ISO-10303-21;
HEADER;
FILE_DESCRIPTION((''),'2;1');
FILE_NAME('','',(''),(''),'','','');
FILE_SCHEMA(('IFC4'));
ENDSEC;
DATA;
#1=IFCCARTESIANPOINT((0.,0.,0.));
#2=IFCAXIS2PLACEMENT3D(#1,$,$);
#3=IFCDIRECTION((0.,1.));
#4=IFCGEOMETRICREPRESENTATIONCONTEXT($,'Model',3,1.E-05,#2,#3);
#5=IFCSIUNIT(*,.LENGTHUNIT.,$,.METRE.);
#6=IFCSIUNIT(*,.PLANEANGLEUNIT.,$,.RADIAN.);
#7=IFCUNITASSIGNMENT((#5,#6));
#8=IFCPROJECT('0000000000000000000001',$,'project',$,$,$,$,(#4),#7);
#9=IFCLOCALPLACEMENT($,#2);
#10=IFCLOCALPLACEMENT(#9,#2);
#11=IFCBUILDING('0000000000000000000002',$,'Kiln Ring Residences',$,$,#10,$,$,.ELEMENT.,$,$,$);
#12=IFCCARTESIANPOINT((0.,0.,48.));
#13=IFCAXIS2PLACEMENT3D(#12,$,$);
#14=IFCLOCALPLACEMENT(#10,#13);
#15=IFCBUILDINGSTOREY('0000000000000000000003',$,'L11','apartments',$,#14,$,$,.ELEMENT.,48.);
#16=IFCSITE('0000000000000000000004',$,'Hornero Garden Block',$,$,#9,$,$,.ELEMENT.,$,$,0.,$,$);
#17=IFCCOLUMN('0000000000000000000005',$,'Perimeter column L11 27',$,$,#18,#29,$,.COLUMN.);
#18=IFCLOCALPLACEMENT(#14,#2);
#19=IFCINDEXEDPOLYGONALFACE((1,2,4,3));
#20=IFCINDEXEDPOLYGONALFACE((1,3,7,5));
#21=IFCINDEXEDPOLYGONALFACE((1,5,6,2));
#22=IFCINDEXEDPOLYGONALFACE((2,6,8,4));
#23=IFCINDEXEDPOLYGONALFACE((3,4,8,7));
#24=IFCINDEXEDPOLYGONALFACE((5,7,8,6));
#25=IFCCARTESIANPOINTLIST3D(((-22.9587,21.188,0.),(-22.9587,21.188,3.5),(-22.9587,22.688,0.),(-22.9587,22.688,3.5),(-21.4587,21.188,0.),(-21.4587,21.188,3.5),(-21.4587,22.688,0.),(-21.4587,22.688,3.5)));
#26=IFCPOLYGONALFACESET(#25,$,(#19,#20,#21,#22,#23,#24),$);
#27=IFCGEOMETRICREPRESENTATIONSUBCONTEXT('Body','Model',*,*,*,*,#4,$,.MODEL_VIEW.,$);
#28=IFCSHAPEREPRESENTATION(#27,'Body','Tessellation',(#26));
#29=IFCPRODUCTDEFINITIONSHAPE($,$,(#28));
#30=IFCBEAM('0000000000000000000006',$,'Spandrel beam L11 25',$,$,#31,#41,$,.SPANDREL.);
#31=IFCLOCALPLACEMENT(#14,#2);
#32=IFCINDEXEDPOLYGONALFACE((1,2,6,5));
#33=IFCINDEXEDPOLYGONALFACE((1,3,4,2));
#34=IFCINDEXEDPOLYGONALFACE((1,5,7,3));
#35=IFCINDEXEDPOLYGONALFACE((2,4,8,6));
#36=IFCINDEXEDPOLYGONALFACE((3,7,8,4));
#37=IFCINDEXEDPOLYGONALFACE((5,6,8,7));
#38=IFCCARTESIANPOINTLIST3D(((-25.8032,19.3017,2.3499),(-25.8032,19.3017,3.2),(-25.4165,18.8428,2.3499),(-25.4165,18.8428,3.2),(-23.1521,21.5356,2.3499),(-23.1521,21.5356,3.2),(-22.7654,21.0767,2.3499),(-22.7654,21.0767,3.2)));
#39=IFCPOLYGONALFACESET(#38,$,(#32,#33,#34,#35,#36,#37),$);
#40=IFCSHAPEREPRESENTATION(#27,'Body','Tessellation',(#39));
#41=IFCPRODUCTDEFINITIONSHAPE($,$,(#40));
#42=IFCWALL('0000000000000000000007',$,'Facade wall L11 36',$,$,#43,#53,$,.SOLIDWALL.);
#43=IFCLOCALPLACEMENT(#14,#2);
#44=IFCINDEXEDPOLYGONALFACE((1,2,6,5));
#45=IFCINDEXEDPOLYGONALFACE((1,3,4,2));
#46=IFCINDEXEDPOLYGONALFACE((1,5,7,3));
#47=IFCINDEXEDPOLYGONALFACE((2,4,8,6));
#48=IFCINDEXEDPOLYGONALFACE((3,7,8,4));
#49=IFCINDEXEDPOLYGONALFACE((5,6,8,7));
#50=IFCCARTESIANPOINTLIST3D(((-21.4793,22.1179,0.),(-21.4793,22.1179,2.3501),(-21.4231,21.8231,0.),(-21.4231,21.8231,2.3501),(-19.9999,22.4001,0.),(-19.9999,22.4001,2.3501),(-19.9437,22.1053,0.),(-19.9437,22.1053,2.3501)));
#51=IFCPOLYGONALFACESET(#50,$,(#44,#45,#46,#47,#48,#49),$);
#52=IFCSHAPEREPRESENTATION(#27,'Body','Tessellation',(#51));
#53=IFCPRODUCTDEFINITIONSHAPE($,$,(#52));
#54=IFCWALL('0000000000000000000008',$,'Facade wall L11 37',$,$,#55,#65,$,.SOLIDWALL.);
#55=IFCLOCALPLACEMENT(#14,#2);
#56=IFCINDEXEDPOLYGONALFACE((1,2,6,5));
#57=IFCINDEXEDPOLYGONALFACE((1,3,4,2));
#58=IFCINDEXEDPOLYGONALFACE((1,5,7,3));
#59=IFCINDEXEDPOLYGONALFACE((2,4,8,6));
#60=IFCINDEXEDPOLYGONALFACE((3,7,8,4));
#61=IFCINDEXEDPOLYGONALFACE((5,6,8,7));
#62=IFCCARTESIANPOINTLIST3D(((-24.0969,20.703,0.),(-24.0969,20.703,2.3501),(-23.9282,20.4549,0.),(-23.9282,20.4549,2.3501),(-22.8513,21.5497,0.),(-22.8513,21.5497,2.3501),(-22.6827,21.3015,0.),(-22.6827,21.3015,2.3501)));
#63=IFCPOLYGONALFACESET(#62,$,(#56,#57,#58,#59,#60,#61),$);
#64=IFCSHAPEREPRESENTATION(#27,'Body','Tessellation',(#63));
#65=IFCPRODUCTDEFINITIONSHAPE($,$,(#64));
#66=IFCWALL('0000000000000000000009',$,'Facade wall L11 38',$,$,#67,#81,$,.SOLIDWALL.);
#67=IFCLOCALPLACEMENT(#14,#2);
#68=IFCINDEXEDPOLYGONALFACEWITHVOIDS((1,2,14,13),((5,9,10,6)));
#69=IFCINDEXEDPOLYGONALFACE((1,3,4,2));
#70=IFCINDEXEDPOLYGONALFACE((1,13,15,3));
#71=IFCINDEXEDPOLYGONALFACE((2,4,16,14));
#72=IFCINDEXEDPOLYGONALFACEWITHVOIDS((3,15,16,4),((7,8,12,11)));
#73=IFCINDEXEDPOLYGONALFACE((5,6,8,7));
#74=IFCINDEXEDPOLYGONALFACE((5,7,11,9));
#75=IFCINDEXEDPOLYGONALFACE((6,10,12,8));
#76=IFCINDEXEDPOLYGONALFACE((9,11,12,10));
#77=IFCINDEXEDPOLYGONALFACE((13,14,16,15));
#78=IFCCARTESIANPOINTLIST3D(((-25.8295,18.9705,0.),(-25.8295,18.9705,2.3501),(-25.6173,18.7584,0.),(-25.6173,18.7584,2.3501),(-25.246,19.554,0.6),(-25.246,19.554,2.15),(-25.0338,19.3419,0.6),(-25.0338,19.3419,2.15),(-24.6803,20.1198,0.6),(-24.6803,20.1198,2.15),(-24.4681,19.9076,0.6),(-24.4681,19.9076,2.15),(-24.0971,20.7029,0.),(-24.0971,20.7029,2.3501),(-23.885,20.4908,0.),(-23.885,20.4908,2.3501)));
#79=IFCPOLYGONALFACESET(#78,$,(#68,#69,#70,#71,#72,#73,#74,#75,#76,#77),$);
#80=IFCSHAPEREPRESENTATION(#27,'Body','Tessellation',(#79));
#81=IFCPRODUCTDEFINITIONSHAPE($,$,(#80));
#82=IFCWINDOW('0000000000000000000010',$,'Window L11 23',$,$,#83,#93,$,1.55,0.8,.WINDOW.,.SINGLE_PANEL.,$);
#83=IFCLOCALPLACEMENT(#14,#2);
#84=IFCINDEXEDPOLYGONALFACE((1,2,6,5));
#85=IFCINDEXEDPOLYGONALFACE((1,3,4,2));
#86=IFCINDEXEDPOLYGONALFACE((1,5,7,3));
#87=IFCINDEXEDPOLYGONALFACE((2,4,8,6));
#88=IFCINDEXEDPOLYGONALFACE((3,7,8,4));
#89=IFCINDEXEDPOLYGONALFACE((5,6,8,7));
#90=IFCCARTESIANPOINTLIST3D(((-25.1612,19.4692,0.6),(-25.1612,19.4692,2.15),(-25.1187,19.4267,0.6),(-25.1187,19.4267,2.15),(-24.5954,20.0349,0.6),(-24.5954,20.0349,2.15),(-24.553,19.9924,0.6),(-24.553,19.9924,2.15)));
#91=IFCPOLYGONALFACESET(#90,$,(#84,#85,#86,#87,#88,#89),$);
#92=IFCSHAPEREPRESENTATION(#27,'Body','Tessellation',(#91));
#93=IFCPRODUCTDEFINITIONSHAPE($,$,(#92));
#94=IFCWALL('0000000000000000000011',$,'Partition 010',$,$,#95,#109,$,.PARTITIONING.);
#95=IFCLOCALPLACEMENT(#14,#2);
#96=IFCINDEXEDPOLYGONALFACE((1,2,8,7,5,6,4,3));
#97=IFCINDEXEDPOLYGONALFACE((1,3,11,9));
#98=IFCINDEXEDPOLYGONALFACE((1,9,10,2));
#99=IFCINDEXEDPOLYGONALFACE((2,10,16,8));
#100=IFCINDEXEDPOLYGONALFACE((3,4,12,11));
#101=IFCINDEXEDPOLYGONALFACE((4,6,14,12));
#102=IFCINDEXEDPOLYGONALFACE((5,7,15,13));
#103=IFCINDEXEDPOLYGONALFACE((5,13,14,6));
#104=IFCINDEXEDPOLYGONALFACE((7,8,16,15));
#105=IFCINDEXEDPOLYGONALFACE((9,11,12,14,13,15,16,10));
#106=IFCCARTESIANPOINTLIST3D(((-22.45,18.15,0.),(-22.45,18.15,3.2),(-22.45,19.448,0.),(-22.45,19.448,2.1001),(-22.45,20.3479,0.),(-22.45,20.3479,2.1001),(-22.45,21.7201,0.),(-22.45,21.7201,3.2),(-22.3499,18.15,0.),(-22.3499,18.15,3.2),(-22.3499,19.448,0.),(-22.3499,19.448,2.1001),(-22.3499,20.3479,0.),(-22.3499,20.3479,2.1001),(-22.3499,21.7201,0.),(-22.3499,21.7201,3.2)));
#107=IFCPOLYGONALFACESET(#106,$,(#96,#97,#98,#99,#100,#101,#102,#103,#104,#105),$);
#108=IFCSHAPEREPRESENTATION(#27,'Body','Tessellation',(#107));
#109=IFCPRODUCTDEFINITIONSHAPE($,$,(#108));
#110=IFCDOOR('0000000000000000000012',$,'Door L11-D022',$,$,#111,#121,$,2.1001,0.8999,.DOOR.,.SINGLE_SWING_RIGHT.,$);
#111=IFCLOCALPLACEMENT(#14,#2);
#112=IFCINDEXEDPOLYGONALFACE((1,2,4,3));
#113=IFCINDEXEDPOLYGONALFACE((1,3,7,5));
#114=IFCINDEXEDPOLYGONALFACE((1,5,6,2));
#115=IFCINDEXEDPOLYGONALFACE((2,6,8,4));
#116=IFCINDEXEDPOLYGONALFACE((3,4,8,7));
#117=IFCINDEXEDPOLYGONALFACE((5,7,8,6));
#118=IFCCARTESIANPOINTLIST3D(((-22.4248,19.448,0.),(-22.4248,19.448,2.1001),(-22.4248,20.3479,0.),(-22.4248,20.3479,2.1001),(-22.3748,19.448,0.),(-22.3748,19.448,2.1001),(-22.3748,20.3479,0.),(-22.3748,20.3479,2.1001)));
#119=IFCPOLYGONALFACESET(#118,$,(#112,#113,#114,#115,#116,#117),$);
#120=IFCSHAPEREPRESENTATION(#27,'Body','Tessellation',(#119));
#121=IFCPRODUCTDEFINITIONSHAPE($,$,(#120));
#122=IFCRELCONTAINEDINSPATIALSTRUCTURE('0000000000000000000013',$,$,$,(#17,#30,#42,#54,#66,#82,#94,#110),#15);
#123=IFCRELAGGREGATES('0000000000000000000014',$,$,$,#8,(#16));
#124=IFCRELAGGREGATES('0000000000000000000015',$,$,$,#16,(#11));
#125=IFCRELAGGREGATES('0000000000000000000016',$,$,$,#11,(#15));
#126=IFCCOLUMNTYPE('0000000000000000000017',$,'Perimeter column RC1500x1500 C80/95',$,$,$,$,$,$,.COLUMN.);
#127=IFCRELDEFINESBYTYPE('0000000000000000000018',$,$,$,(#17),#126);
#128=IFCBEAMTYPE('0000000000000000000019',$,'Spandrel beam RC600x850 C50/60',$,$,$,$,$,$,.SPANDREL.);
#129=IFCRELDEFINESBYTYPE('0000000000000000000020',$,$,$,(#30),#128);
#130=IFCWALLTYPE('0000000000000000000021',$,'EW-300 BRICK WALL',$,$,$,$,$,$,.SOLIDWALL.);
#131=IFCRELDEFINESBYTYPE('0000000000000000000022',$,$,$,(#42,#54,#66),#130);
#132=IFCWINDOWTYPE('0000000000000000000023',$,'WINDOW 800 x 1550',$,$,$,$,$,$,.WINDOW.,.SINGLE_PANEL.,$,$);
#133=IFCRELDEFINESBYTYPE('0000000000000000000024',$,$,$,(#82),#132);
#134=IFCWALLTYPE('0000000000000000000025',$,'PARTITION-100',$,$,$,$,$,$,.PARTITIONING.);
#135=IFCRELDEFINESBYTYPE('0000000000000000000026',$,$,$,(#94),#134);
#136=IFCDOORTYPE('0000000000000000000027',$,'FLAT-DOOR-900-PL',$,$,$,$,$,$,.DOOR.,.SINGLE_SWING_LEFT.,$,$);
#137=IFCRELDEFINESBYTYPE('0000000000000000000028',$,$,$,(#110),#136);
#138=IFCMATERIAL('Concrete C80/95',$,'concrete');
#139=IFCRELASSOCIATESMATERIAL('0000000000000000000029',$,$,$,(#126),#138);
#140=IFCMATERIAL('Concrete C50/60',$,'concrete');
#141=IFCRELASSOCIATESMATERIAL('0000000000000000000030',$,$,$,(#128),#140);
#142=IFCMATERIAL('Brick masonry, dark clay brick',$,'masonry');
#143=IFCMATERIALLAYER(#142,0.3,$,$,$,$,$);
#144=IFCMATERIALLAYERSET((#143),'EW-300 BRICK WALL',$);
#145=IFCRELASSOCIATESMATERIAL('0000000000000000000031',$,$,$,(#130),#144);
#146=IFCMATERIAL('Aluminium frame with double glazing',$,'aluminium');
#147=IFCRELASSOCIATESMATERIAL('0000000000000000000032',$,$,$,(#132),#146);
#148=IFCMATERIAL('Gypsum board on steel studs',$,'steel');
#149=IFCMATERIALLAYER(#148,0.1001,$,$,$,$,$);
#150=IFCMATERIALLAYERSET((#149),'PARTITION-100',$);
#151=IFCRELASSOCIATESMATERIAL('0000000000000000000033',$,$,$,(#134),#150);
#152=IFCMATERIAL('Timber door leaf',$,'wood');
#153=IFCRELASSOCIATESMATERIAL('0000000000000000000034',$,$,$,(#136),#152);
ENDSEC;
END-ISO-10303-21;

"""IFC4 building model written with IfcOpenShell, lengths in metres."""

from ifc_helpers import new_model, si_unit, direction, frame, frame_2d, origin, origin_2d, place, context, subcontext, project, spatial, rectangle, extrude, material, layer, layer_set, material_profile, profile_set, type_object, element, fill, save


model = new_model("IFC4")

# Units and contexts
model_context = context("Model", 3, precision=1e-05, world=origin(), true_north=direction((0.0, 1.0)))
body_context = subcontext(model_context, "Body", "Model", "MODEL_VIEW")
ifc_project = project(units=[si_unit("LENGTHUNIT", "METRE"), si_unit("PLANEANGLEUNIT", "RADIAN")], contexts=[model_context])

# Site, building, storey
site_placement = place(None, origin())
site = spatial("IfcSite", under=ifc_project, at=site_placement, Name="Hornero Garden Block", CompositionType="ELEMENT", RefElevation=0.0)
building_placement = place(site_placement, origin())
building = spatial("IfcBuilding", under=site, at=building_placement, Name="Kiln Ring Residences", CompositionType="ELEMENT")
storey_placement = place(building_placement, frame((0.0, 0.0, 48.0)))
storey = spatial("IfcBuildingStorey", under=building, at=storey_placement, Name="L11", Description="apartments", CompositionType="ELEMENT", Elevation=48.0)

# Column
ifc_material_1 = material(Name="Concrete C80/95", Category="concrete")
ifc_material_profile_1 = material_profile(ifc_material_1, rectangle(XDim=1.5, YDim=1.5, at=origin_2d()), Name="RC1500x1500")
ifc_profile_set_1 = profile_set([ifc_material_profile_1], Name="Concrete C80/95")
column_type = type_object("IfcColumnType", Name="Perimeter column RC1500x1500 C80/95", PredefinedType="COLUMN", material=ifc_profile_set_1)
column_placement = place(storey_placement, frame((-22.2087, 21.938, 0.0), z_axis=(0.0, 0.0, 1.0), x_axis=(1.0, 0.0, 0.0)))
element("IfcColumn", 1, at=column_placement, inside=storey, type_object=column_type, Name="Perimeter column L11 27", PredefinedType="COLUMN", context=body_context, shape_type="SweptSolid", body=[
    extrude(rectangle(XDim=1.5, YDim=1.5, at=origin_2d()), origin(), (0.0, 0.0, 1.0), 3.5),
])

# Beam
ifc_material_2 = material(Name="Concrete C50/60", Category="concrete")
ifc_material_profile_2 = material_profile(ifc_material_2, rectangle(XDim=0.6001, YDim=0.8501, at=origin_2d()), Name="RC600x850")
ifc_profile_set_2 = profile_set([ifc_material_profile_2], Name="Concrete C50/60")
beam_type = type_object("IfcBeamType", Name="Spandrel beam RC600x850 C50/60", PredefinedType="SPANDREL", material=ifc_profile_set_2)
beam_placement = place(storey_placement, frame((-22.9587, 21.3062, 2.7749), z_axis=(-0.764718, -0.644366, 0.0), x_axis=(0.644366, -0.764718, 0.0)))
element("IfcBeam", 2, at=beam_placement, inside=storey, type_object=beam_type, Name="Spandrel beam L11 25", PredefinedType="SPANDREL", context=body_context, shape_type="SweptSolid", body=[
    extrude(rectangle(XDim=0.6001, YDim=0.8501, at=origin_2d()), origin(), (0.0, 0.0, 1.0), 3.4668),
])

# Walls
ifc_material_3 = material(Name="Brick masonry, dark clay brick", Category="masonry")
ifc_layer_1 = layer(ifc_material_3, 0.3)
ifc_layer_set_1 = layer_set([ifc_layer_1], Name="EW-300 BRICK WALL")
wall_type_1 = type_object("IfcWallType", Name="EW-300 BRICK WALL", PredefinedType="SOLIDWALL", material=ifc_layer_set_1)
for number, where, z_axis, x_axis, name in (
    (3, (-19.9719, 22.2527, 0.0), (0.0, 0.0, 1.0), (-0.982287, -0.18738, 0.0), "Facade wall L11 36"),
    (4, (-22.7671, 21.4255, 0.0), (0.0, 0.0, 1.0), (-0.827029, -0.562159, 0.0), "Facade wall L11 37"),
):
    element("IfcWall", number, at=place(storey_placement, frame(where, z_axis=z_axis, x_axis=x_axis)), inside=storey, type_object=wall_type_1, Name=name, PredefinedType="SOLIDWALL", context=body_context, shape_type="SweptSolid", body=[
        extrude(rectangle(XDim=1.5061, YDim=0.3, at=frame_2d((0.7529, 0.0))), origin(), (0.0, 0.0, 1.0), 2.3501),
    ])

# Wall, opening, window
wall_1_placement = place(storey_placement, frame((-23.991, 20.5969, 0.0), z_axis=(0.0, 0.0, 1.0), x_axis=(-0.707107, -0.707107, 0.0)))
wall_1 = element("IfcWall", 5, at=wall_1_placement, inside=storey, type_object=wall_type_1, Name="Facade wall L11 38", PredefinedType="SOLIDWALL", context=body_context, shape_type="SweptSolid", body=[
    extrude(rectangle(XDim=2.45, YDim=0.3, at=frame_2d((1.2251, 0.0))), origin(), (0.0, 0.0, 1.0), 2.3501),
])
opening_1_placement = place(wall_1_placement, frame((0.825, 0.0, 0.6001)))
opening_1 = element("IfcOpeningElement", 6, at=opening_1_placement, cuts=wall_1, PredefinedType="OPENING", context=body_context, shape_type="SweptSolid", body=[
    extrude(rectangle(XDim=0.8, YDim=1.55, at=frame_2d((0.3999, 0.7749))), frame((0.0, 0.1599, 0.0), z_axis=(0.0, -1.0, 0.0), x_axis=(1.0, 0.0, 0.0)), (0.0, 0.0, 1.0), 0.3201),
])
ifc_material_4 = material(Name="Aluminium frame with double glazing", Category="aluminium")
window_type = type_object("IfcWindowType", Name="WINDOW 800 x 1550", PartitioningType="SINGLE_PANEL", PredefinedType="WINDOW", material=ifc_material_4)
window_placement = place(opening_1_placement, origin())
window = element("IfcWindow", 7, at=window_placement, inside=storey, type_object=window_type, Name="Window L11 23", OverallHeight=1.55, OverallWidth=0.8, PartitioningType="SINGLE_PANEL", PredefinedType="WINDOW", context=body_context, shape_type="SweptSolid", body=[
    extrude(rectangle(XDim=0.8, YDim=1.55, at=frame_2d((0.3999, 0.7749))), frame((0.0, 0.03, 0.0), z_axis=(0.0, -1.0, 0.0), x_axis=(1.0, 0.0, 0.0)), (0.0, 0.0, 1.0), 0.0601),
])
fill(opening_1, window)

# Wall, opening, door
ifc_material_5 = material(Name="Gypsum board on steel studs", Category="steel")
ifc_layer_2 = layer(ifc_material_5, 0.1001)
ifc_layer_set_2 = layer_set([ifc_layer_2], Name="PARTITION-100")
wall_type_2 = type_object("IfcWallType", Name="PARTITION-100", PredefinedType="PARTITIONING", material=ifc_layer_set_2)
wall_2_placement = place(storey_placement, frame((-22.3999, 18.1499, 0.0), z_axis=(0.0, 0.0, 1.0), x_axis=(0.0, 1.0, 0.0)))
wall_2 = element("IfcWall", 8, at=wall_2_placement, inside=storey, type_object=wall_type_2, Name="Partition 010", PredefinedType="PARTITIONING", context=body_context, shape_type="SweptSolid", body=[
    extrude(rectangle(XDim=3.5701, YDim=0.1001, at=frame_2d((1.7852, 0.0))), origin(), (0.0, 0.0, 1.0), 3.2),
])
opening_2_placement = place(wall_2_placement, frame((1.2981, 0.0, 0.0)))
opening_2 = element("IfcOpeningElement", 9, at=opening_2_placement, cuts=wall_2, PredefinedType="OPENING", context=body_context, shape_type="SweptSolid", body=[
    extrude(rectangle(XDim=0.8999, YDim=2.1001, at=frame_2d((0.45, 1.05))), frame((0.0, 0.0601, 0.0), z_axis=(0.0, -1.0, 0.0), x_axis=(1.0, 0.0, 0.0)), (0.0, 0.0, 1.0), 0.1201),
])
ifc_material_6 = material(Name="Timber door leaf", Category="wood")
door_type = type_object("IfcDoorType", Name="FLAT-DOOR-900-PL", OperationType="SINGLE_SWING_LEFT", PredefinedType="DOOR", material=ifc_material_6)
door_placement = place(opening_2_placement, origin())
door = element("IfcDoor", 10, at=door_placement, inside=storey, type_object=door_type, Name="Door L11-D022", OperationType="SINGLE_SWING_RIGHT", OverallHeight=2.1001, OverallWidth=0.8999, PredefinedType="DOOR", context=body_context, shape_type="SweptSolid", body=[
    extrude(rectangle(XDim=0.8999, YDim=2.1001, at=frame_2d((0.45, 1.05))), frame((0.0, 0.0249, 0.0), z_axis=(0.0, -1.0, 0.0), x_axis=(1.0, 0.0, 0.0)), (0.0, 0.0, 1.0), 0.05),
])
fill(opening_2, door)

save(model, "model.ifc")
